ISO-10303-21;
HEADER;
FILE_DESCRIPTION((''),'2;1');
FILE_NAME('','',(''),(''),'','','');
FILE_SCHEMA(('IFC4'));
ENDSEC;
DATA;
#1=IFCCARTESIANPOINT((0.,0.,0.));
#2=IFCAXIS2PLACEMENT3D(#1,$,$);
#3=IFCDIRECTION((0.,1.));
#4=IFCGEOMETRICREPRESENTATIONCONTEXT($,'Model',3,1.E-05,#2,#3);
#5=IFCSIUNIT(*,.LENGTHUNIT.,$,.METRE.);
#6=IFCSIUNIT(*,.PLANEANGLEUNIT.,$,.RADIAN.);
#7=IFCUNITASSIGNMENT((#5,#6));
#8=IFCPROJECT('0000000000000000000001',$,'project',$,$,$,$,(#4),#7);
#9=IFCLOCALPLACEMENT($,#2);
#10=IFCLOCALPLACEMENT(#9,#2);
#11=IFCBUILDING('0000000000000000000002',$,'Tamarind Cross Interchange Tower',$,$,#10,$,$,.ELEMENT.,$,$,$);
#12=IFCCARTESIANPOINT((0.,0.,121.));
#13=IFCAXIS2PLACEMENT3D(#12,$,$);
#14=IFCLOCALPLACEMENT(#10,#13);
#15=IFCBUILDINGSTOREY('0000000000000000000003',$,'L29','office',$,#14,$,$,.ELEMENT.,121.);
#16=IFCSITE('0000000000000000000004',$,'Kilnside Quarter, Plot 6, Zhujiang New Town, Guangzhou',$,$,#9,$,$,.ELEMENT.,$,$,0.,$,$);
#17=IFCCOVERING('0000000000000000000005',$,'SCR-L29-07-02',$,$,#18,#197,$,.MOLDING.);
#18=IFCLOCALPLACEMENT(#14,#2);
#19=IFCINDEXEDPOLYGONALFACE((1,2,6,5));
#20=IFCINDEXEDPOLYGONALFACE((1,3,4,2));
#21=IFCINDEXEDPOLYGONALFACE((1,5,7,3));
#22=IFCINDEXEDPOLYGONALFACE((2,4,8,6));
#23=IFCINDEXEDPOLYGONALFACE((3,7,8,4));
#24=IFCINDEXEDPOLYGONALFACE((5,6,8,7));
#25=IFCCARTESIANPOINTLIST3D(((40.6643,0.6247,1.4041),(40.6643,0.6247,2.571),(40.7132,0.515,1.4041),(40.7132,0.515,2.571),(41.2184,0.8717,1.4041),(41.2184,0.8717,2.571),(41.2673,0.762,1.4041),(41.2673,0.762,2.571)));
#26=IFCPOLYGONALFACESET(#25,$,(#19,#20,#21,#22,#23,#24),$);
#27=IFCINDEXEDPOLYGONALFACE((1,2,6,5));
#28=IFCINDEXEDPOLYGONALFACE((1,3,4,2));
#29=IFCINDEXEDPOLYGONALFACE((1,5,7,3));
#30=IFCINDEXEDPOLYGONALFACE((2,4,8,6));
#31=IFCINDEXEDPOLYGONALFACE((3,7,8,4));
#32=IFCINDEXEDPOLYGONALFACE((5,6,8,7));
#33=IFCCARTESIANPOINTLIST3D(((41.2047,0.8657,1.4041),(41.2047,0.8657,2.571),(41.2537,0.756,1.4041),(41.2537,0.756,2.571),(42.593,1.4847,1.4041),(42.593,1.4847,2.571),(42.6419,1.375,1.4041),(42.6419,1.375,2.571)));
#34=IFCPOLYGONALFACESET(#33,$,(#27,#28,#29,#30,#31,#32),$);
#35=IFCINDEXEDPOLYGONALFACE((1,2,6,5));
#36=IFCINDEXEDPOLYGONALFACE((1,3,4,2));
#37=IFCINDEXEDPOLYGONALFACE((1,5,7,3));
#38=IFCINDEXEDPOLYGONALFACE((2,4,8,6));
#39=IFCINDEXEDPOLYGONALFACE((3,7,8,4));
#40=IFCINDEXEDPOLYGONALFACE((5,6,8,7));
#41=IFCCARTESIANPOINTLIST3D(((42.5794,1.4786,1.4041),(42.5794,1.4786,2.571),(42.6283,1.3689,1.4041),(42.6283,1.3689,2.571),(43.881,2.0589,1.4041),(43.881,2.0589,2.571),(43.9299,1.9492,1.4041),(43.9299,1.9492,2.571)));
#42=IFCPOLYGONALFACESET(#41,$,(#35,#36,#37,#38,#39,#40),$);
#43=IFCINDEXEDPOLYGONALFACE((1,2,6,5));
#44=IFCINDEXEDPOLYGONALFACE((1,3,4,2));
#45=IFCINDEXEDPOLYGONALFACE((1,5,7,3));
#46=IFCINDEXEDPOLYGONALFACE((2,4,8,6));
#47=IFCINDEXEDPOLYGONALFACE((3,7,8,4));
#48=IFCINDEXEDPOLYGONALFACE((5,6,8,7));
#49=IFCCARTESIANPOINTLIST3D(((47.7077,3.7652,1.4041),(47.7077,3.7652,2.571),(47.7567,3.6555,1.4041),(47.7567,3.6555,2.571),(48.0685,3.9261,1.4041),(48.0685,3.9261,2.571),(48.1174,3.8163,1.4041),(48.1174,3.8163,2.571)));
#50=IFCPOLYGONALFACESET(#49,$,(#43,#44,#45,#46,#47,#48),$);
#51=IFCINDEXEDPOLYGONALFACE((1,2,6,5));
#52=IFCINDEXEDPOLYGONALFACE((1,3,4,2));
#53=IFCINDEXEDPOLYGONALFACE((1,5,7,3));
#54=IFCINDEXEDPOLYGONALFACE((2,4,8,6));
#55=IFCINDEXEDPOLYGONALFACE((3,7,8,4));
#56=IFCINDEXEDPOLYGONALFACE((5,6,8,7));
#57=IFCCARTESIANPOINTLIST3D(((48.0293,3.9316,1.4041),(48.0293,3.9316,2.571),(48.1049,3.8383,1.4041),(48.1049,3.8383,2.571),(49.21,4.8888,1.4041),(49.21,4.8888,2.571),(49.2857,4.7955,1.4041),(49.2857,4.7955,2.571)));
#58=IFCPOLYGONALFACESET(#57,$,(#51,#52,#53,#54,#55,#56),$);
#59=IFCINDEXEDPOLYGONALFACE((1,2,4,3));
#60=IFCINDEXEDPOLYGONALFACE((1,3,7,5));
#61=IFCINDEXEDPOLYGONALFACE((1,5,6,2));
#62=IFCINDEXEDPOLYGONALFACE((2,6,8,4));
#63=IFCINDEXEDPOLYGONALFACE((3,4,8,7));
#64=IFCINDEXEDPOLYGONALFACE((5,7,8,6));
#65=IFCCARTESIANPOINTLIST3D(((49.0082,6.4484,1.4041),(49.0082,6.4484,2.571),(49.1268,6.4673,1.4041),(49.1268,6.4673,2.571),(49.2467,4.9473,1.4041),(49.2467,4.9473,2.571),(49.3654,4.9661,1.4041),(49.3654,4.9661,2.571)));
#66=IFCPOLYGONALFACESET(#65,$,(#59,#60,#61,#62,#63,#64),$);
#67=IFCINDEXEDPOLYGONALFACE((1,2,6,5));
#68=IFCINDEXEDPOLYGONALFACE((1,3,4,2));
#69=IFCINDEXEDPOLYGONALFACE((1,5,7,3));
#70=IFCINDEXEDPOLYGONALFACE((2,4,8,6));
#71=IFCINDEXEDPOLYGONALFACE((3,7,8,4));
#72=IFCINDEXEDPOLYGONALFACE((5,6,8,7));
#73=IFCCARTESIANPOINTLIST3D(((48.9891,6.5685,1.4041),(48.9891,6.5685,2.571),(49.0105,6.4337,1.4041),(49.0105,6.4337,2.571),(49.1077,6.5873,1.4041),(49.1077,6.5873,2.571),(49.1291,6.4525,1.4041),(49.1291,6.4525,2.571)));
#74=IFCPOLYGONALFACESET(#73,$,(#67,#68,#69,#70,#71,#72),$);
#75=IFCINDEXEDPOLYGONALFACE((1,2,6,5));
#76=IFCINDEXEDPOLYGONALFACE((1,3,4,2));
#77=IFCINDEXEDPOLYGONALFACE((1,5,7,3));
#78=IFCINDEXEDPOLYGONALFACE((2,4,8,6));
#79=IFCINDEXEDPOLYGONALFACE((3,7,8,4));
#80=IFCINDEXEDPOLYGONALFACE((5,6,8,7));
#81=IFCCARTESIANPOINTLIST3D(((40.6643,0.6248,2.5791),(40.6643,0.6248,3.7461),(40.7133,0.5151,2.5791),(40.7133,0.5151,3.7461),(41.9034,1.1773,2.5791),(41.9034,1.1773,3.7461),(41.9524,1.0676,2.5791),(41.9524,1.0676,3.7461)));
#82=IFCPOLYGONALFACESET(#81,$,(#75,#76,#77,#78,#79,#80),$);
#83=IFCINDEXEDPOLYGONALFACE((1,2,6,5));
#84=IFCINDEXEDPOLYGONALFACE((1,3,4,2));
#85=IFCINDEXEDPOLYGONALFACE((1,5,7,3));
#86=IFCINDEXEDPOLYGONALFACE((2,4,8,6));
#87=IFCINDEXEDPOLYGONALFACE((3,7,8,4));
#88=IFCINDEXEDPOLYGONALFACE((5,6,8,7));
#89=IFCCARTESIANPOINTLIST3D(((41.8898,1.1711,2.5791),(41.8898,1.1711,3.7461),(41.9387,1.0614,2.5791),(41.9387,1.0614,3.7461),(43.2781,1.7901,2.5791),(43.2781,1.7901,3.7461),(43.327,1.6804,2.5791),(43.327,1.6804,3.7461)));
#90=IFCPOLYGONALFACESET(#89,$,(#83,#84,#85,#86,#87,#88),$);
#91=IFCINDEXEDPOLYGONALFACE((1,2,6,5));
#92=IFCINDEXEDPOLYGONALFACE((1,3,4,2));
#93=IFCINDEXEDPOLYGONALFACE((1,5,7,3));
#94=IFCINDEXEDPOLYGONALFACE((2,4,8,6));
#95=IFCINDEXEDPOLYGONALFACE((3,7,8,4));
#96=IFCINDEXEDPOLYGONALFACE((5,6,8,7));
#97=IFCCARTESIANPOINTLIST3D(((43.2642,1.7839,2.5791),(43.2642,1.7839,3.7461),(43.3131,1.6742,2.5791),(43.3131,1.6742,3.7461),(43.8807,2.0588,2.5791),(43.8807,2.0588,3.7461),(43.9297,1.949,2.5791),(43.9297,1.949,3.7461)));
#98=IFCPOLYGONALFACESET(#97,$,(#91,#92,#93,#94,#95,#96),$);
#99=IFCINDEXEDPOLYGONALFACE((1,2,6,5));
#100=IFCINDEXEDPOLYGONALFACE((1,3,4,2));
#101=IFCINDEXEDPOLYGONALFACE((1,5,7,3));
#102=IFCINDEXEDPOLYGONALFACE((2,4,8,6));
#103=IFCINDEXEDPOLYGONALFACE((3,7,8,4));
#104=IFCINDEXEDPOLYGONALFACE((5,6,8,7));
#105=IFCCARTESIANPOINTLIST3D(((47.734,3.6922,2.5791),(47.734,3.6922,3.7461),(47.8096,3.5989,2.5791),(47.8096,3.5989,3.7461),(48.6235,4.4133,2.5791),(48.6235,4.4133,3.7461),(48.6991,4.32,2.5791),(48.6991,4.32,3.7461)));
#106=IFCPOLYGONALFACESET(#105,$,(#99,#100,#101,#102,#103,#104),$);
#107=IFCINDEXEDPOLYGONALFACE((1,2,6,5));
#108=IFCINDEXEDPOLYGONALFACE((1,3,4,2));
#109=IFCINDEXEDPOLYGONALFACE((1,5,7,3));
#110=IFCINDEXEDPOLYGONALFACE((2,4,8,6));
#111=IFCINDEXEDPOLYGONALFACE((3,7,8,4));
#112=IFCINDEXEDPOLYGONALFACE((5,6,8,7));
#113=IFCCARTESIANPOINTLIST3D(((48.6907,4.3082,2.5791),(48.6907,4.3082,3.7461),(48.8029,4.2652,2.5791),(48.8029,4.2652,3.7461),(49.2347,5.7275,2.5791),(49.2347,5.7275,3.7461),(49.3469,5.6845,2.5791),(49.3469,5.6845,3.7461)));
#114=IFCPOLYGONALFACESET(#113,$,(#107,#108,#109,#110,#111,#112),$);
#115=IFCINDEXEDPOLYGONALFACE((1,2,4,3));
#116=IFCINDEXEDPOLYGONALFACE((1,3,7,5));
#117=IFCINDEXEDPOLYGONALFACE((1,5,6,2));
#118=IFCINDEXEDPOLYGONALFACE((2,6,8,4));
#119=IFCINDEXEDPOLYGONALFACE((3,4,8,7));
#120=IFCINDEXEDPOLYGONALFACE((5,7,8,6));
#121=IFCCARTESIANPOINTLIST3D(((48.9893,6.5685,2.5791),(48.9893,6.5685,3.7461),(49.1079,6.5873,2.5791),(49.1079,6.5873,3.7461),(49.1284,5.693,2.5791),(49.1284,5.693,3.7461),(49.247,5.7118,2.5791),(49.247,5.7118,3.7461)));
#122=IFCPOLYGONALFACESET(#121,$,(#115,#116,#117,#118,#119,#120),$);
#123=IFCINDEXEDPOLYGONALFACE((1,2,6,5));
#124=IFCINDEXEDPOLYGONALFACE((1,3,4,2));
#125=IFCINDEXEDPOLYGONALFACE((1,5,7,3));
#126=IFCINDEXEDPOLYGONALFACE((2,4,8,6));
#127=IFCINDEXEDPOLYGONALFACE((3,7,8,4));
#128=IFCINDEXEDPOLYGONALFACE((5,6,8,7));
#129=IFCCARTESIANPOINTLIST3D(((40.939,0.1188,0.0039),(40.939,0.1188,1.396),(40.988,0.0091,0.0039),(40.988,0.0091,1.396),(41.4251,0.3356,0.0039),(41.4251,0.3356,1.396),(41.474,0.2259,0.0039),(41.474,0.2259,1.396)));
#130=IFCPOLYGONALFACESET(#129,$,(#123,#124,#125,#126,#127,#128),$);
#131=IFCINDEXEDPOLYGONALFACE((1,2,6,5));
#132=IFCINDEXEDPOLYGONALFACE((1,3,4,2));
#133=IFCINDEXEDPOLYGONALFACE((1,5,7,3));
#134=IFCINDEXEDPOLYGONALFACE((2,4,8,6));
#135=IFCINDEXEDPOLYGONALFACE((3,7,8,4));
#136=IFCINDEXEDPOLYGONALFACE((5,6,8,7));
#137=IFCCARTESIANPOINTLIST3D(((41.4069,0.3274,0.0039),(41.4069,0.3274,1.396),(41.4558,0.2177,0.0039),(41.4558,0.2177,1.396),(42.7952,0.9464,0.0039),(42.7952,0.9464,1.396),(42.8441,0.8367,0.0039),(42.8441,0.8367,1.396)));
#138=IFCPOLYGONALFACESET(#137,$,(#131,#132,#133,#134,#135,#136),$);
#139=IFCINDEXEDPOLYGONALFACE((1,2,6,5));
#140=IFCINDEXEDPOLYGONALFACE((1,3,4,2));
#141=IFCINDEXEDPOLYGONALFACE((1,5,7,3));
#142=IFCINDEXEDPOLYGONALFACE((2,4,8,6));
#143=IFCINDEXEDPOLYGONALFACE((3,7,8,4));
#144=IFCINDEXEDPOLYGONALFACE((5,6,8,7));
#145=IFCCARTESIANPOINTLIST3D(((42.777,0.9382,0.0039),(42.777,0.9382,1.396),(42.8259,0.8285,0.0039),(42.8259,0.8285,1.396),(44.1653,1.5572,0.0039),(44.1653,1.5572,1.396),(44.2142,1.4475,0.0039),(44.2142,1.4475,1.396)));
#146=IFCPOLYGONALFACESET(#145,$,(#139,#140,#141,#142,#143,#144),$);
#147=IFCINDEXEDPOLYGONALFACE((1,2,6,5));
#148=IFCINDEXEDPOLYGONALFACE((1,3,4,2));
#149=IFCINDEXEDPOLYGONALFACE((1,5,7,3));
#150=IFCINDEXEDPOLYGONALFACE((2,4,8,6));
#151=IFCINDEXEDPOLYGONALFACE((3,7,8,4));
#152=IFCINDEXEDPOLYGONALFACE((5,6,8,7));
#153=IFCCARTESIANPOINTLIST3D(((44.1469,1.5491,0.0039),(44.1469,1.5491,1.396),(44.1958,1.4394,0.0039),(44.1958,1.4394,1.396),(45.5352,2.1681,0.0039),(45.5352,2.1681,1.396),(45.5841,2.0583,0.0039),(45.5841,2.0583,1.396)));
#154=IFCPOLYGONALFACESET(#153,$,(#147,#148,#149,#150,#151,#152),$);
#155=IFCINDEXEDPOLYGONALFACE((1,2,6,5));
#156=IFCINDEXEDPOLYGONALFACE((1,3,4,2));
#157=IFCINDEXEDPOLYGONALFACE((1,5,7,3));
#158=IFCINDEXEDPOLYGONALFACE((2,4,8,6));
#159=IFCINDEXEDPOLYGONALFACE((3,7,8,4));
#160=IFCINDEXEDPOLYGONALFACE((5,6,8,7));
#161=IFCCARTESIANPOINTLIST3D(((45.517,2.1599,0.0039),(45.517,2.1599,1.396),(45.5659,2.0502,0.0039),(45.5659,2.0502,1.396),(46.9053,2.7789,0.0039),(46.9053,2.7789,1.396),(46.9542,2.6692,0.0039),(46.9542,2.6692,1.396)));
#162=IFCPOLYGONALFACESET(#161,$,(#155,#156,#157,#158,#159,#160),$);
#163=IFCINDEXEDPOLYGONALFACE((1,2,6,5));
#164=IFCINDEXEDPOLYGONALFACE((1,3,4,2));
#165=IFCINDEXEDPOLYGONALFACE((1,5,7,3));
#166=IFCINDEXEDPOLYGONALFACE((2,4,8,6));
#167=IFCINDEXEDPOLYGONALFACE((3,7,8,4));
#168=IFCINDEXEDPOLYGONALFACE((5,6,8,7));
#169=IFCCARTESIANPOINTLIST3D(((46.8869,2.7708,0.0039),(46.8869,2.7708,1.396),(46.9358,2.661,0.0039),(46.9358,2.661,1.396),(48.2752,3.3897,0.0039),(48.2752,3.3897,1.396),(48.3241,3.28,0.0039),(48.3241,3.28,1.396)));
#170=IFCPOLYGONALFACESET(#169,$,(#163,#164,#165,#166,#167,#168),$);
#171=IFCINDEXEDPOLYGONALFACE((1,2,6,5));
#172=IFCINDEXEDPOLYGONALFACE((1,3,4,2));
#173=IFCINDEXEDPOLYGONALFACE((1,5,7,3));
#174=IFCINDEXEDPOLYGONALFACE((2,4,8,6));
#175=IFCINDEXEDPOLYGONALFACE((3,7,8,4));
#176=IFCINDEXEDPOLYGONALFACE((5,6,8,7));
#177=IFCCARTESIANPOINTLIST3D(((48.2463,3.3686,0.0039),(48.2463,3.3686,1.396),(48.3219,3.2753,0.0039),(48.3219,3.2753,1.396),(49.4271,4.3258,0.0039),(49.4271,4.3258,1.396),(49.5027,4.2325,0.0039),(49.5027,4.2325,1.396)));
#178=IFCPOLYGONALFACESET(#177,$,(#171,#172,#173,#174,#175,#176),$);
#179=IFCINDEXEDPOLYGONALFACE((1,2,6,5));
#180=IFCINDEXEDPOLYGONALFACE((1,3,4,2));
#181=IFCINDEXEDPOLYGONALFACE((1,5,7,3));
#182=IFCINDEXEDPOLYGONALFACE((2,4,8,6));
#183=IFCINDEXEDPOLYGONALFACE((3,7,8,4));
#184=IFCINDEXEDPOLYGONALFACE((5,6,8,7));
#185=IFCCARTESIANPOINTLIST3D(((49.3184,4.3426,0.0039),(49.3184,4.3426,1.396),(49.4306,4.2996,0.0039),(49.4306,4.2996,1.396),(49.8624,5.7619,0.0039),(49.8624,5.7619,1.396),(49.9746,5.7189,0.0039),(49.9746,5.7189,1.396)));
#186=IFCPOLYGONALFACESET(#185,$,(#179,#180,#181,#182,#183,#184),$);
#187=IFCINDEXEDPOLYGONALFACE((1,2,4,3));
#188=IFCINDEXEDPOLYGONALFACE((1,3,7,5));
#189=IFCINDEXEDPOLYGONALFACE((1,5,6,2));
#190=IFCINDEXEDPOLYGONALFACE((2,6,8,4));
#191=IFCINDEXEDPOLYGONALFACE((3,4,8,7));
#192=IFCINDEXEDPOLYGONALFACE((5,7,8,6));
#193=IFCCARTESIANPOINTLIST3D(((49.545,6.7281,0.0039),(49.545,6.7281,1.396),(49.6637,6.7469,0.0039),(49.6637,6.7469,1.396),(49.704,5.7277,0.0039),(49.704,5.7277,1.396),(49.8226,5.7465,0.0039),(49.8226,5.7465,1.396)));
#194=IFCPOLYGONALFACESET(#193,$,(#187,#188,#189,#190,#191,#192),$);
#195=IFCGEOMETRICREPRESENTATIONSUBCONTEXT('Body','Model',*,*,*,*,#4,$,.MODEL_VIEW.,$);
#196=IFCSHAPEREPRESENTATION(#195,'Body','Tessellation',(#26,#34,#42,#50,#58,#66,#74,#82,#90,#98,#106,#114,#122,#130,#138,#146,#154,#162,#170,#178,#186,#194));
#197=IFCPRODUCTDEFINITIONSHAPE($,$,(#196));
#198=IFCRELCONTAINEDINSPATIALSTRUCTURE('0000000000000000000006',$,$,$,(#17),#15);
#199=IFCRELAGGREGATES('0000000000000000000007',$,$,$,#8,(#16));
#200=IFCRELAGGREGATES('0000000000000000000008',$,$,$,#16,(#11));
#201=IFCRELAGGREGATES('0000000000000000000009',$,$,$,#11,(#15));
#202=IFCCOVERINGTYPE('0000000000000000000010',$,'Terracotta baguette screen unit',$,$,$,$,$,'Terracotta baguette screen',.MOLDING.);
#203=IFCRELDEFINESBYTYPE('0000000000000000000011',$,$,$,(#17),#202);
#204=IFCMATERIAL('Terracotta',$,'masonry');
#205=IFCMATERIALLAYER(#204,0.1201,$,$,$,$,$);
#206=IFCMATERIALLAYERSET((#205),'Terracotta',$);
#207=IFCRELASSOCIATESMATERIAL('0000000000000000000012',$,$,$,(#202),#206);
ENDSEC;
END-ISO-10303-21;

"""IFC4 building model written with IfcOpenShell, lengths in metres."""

from ifc_helpers import new_model, si_unit, direction, frame, origin, origin_2d, place, context, subcontext, project, spatial, rectangle, extrude, material, layer, layer_set, type_object, element, save


model = new_model("IFC4")

# Units and contexts
model_context = context("Model", 3, precision=1e-05, world=origin(), true_north=direction((0.0, 1.0)))
body_context = subcontext(model_context, "Body", "Model", "MODEL_VIEW")
ifc_project = project(units=[si_unit("LENGTHUNIT", "METRE"), si_unit("PLANEANGLEUNIT", "RADIAN")], contexts=[model_context])

# Site, building, storey
site_placement = place(None, origin())
site = spatial("IfcSite", under=ifc_project, at=site_placement, Name="Kilnside Quarter, Plot 6, Zhujiang New Town, Guangzhou", CompositionType="ELEMENT", RefElevation=0.0)
building_placement = place(site_placement, origin())
building = spatial("IfcBuilding", under=site, at=building_placement, Name="Tamarind Cross Interchange Tower", CompositionType="ELEMENT")
storey_placement = place(building_placement, frame((0.0, 0.0, 121.0)))
storey = spatial("IfcBuildingStorey", under=building, at=storey_placement, Name="L29", Description="office", CompositionType="ELEMENT", Elevation=121.0)

# Covering
ifc_material_1 = material(Name="Terracotta", Category="masonry")
ifc_layer_1 = layer(ifc_material_1, 0.1201)
ifc_layer_set_1 = layer_set([ifc_layer_1], Name="Terracotta")
covering_type = type_object("IfcCoveringType", Name="Terracotta baguette screen unit", ElementType="Terracotta baguette screen", PredefinedType="MOLDING", material=ifc_layer_set_1)
covering_1_placement = place(storey_placement, origin())
element("IfcCovering", 1, at=covering_1_placement, inside=storey, type_object=covering_type, Name="SCR-L29-07-02", PredefinedType="MOLDING", context=body_context, shape_type="SweptSolid", body=[
    extrude(rectangle(XDim=0.6067, YDim=0.1201, at=origin_2d()), frame((40.9658, 0.6934, 1.4041), z_axis=(0.0, 0.0, 1.0), x_axis=(0.91333, 0.407221, 0.0)), (0.0, 0.0, 1.0), 1.167),
    extrude(rectangle(XDim=1.52, YDim=0.1201, at=origin_2d()), frame((41.9233, 1.1204, 1.4041), z_axis=(0.0, 0.0, 1.0), x_axis=(0.91333, 0.407221, 0.0)), (0.0, 0.0, 1.0), 1.167),
    extrude(rectangle(XDim=1.425, YDim=0.1201, at=origin_2d()), frame((43.2546, 1.7139, 1.4041), z_axis=(0.0, 0.0, 1.0), x_axis=(0.91333, 0.407221, 0.0)), (0.0, 0.0, 1.0), 1.167),
    extrude(rectangle(XDim=0.395, YDim=0.1201, at=origin_2d()), frame((47.9126, 3.7908, 1.4041), z_axis=(0.0, 0.0, 1.0), x_axis=(0.91333, 0.407221, 0.0)), (0.0, 0.0, 1.0), 1.167),
    extrude(rectangle(XDim=1.52, YDim=0.1201, at=origin_2d()), frame((48.6575, 4.3635, 1.4041), z_axis=(0.0, 0.0, 1.0), x_axis=(0.776812, 0.629733, 0.0)), (0.0, 0.0, 1.0), 1.167),
    extrude(rectangle(XDim=1.52, YDim=0.1201, at=origin_2d()), frame((49.1868, 5.7073, 1.4041), z_axis=(0.0, 0.0, 1.0), x_axis=(-0.156958, 0.987605, 0.0)), (0.0, 0.0, 1.0), 1.167),
    extrude(rectangle(XDim=0.1365, YDim=0.1201, at=origin_2d()), frame((49.0591, 6.5105, 1.4041), z_axis=(0.0, 0.0, 1.0), x_axis=(-0.156958, 0.987605, 0.0)), (0.0, 0.0, 1.0), 1.167),
    extrude(rectangle(XDim=1.3567, YDim=0.1201, at=origin_2d()), frame((41.3083, 0.8462, 2.5791), z_axis=(0.0, 0.0, 1.0), x_axis=(0.91333, 0.407221, 0.0)), (0.0, 0.0, 1.0), 1.167),
    extrude(rectangle(XDim=1.52, YDim=0.1201, at=origin_2d()), frame((42.6084, 1.4258, 2.5791), z_axis=(0.0, 0.0, 1.0), x_axis=(0.91333, 0.407221, 0.0)), (0.0, 0.0, 1.0), 1.167),
    extrude(rectangle(XDim=0.675, YDim=0.1201, at=origin_2d()), frame((43.5969, 1.8665, 2.5791), z_axis=(0.0, 0.0, 1.0), x_axis=(0.91333, 0.407221, 0.0)), (0.0, 0.0, 1.0), 1.167),
    extrude(rectangle(XDim=1.145, YDim=0.1201, at=origin_2d()), frame((48.2166, 4.0061, 2.5791), z_axis=(0.0, 0.0, 1.0), x_axis=(0.776812, 0.629733, 0.0)), (0.0, 0.0, 1.0), 1.167),
    extrude(rectangle(XDim=1.52, YDim=0.1201, at=origin_2d()), frame((49.0188, 4.9963, 2.5791), z_axis=(0.0, 0.0, 1.0), x_axis=(0.357873, 0.93377, 0.0)), (0.0, 0.0, 1.0), 1.167),
    extrude(rectangle(XDim=0.8865, YDim=0.1201, at=origin_2d()), frame((49.1182, 6.1401, 2.5791), z_axis=(0.0, 0.0, 1.0), x_axis=(-0.156958, 0.987605, 0.0)), (0.0, 0.0, 1.0), 1.167),
    extrude(rectangle(XDim=0.5322, YDim=0.1201, at=origin_2d()), frame((41.2065, 0.1724, 0.0039), z_axis=(0.0, 0.0, 1.0), x_axis=(0.91333, 0.407221, 0.0)), (0.0, 0.0, 1.0), 1.3921),
    extrude(rectangle(XDim=1.52, YDim=0.1201, at=origin_2d()), frame((42.1255, 0.582, 0.0039), z_axis=(0.0, 0.0, 1.0), x_axis=(0.91333, 0.407221, 0.0)), (0.0, 0.0, 1.0), 1.3921),
    extrude(rectangle(XDim=1.52, YDim=0.1201, at=origin_2d()), frame((43.4956, 1.1929, 0.0039), z_axis=(0.0, 0.0, 1.0), x_axis=(0.91333, 0.407221, 0.0)), (0.0, 0.0, 1.0), 1.3921),
    extrude(rectangle(XDim=1.52, YDim=0.1201, at=origin_2d()), frame((44.8655, 1.8037, 0.0039), z_axis=(0.0, 0.0, 1.0), x_axis=(0.91333, 0.407221, 0.0)), (0.0, 0.0, 1.0), 1.3921),
    extrude(rectangle(XDim=1.52, YDim=0.1201, at=origin_2d()), frame((46.2356, 2.4146, 0.0039), z_axis=(0.0, 0.0, 1.0), x_axis=(0.91333, 0.407221, 0.0)), (0.0, 0.0, 1.0), 1.3921),
    extrude(rectangle(XDim=1.52, YDim=0.1201, at=origin_2d()), frame((47.6055, 3.0254, 0.0039), z_axis=(0.0, 0.0, 1.0), x_axis=(0.91333, 0.407221, 0.0)), (0.0, 0.0, 1.0), 1.3921),
    extrude(rectangle(XDim=1.52, YDim=0.1201, at=origin_2d()), frame((48.8745, 3.8005, 0.0039), z_axis=(0.0, 0.0, 1.0), x_axis=(0.776812, 0.629733, 0.0)), (0.0, 0.0, 1.0), 1.3921),
    extrude(rectangle(XDim=1.52, YDim=0.1201, at=origin_2d()), frame((49.6465, 5.0308, 0.0039), z_axis=(0.0, 0.0, 1.0), x_axis=(0.357873, 0.93377, 0.0)), (0.0, 0.0, 1.0), 1.3921),
    extrude(rectangle(XDim=1.0129, YDim=0.1201, at=origin_2d()), frame((49.6838, 6.2373, 0.0039), z_axis=(0.0, 0.0, 1.0), x_axis=(-0.156958, 0.987605, 0.0)), (0.0, 0.0, 1.0), 1.3921),
])

save(model, "model.ifc")
